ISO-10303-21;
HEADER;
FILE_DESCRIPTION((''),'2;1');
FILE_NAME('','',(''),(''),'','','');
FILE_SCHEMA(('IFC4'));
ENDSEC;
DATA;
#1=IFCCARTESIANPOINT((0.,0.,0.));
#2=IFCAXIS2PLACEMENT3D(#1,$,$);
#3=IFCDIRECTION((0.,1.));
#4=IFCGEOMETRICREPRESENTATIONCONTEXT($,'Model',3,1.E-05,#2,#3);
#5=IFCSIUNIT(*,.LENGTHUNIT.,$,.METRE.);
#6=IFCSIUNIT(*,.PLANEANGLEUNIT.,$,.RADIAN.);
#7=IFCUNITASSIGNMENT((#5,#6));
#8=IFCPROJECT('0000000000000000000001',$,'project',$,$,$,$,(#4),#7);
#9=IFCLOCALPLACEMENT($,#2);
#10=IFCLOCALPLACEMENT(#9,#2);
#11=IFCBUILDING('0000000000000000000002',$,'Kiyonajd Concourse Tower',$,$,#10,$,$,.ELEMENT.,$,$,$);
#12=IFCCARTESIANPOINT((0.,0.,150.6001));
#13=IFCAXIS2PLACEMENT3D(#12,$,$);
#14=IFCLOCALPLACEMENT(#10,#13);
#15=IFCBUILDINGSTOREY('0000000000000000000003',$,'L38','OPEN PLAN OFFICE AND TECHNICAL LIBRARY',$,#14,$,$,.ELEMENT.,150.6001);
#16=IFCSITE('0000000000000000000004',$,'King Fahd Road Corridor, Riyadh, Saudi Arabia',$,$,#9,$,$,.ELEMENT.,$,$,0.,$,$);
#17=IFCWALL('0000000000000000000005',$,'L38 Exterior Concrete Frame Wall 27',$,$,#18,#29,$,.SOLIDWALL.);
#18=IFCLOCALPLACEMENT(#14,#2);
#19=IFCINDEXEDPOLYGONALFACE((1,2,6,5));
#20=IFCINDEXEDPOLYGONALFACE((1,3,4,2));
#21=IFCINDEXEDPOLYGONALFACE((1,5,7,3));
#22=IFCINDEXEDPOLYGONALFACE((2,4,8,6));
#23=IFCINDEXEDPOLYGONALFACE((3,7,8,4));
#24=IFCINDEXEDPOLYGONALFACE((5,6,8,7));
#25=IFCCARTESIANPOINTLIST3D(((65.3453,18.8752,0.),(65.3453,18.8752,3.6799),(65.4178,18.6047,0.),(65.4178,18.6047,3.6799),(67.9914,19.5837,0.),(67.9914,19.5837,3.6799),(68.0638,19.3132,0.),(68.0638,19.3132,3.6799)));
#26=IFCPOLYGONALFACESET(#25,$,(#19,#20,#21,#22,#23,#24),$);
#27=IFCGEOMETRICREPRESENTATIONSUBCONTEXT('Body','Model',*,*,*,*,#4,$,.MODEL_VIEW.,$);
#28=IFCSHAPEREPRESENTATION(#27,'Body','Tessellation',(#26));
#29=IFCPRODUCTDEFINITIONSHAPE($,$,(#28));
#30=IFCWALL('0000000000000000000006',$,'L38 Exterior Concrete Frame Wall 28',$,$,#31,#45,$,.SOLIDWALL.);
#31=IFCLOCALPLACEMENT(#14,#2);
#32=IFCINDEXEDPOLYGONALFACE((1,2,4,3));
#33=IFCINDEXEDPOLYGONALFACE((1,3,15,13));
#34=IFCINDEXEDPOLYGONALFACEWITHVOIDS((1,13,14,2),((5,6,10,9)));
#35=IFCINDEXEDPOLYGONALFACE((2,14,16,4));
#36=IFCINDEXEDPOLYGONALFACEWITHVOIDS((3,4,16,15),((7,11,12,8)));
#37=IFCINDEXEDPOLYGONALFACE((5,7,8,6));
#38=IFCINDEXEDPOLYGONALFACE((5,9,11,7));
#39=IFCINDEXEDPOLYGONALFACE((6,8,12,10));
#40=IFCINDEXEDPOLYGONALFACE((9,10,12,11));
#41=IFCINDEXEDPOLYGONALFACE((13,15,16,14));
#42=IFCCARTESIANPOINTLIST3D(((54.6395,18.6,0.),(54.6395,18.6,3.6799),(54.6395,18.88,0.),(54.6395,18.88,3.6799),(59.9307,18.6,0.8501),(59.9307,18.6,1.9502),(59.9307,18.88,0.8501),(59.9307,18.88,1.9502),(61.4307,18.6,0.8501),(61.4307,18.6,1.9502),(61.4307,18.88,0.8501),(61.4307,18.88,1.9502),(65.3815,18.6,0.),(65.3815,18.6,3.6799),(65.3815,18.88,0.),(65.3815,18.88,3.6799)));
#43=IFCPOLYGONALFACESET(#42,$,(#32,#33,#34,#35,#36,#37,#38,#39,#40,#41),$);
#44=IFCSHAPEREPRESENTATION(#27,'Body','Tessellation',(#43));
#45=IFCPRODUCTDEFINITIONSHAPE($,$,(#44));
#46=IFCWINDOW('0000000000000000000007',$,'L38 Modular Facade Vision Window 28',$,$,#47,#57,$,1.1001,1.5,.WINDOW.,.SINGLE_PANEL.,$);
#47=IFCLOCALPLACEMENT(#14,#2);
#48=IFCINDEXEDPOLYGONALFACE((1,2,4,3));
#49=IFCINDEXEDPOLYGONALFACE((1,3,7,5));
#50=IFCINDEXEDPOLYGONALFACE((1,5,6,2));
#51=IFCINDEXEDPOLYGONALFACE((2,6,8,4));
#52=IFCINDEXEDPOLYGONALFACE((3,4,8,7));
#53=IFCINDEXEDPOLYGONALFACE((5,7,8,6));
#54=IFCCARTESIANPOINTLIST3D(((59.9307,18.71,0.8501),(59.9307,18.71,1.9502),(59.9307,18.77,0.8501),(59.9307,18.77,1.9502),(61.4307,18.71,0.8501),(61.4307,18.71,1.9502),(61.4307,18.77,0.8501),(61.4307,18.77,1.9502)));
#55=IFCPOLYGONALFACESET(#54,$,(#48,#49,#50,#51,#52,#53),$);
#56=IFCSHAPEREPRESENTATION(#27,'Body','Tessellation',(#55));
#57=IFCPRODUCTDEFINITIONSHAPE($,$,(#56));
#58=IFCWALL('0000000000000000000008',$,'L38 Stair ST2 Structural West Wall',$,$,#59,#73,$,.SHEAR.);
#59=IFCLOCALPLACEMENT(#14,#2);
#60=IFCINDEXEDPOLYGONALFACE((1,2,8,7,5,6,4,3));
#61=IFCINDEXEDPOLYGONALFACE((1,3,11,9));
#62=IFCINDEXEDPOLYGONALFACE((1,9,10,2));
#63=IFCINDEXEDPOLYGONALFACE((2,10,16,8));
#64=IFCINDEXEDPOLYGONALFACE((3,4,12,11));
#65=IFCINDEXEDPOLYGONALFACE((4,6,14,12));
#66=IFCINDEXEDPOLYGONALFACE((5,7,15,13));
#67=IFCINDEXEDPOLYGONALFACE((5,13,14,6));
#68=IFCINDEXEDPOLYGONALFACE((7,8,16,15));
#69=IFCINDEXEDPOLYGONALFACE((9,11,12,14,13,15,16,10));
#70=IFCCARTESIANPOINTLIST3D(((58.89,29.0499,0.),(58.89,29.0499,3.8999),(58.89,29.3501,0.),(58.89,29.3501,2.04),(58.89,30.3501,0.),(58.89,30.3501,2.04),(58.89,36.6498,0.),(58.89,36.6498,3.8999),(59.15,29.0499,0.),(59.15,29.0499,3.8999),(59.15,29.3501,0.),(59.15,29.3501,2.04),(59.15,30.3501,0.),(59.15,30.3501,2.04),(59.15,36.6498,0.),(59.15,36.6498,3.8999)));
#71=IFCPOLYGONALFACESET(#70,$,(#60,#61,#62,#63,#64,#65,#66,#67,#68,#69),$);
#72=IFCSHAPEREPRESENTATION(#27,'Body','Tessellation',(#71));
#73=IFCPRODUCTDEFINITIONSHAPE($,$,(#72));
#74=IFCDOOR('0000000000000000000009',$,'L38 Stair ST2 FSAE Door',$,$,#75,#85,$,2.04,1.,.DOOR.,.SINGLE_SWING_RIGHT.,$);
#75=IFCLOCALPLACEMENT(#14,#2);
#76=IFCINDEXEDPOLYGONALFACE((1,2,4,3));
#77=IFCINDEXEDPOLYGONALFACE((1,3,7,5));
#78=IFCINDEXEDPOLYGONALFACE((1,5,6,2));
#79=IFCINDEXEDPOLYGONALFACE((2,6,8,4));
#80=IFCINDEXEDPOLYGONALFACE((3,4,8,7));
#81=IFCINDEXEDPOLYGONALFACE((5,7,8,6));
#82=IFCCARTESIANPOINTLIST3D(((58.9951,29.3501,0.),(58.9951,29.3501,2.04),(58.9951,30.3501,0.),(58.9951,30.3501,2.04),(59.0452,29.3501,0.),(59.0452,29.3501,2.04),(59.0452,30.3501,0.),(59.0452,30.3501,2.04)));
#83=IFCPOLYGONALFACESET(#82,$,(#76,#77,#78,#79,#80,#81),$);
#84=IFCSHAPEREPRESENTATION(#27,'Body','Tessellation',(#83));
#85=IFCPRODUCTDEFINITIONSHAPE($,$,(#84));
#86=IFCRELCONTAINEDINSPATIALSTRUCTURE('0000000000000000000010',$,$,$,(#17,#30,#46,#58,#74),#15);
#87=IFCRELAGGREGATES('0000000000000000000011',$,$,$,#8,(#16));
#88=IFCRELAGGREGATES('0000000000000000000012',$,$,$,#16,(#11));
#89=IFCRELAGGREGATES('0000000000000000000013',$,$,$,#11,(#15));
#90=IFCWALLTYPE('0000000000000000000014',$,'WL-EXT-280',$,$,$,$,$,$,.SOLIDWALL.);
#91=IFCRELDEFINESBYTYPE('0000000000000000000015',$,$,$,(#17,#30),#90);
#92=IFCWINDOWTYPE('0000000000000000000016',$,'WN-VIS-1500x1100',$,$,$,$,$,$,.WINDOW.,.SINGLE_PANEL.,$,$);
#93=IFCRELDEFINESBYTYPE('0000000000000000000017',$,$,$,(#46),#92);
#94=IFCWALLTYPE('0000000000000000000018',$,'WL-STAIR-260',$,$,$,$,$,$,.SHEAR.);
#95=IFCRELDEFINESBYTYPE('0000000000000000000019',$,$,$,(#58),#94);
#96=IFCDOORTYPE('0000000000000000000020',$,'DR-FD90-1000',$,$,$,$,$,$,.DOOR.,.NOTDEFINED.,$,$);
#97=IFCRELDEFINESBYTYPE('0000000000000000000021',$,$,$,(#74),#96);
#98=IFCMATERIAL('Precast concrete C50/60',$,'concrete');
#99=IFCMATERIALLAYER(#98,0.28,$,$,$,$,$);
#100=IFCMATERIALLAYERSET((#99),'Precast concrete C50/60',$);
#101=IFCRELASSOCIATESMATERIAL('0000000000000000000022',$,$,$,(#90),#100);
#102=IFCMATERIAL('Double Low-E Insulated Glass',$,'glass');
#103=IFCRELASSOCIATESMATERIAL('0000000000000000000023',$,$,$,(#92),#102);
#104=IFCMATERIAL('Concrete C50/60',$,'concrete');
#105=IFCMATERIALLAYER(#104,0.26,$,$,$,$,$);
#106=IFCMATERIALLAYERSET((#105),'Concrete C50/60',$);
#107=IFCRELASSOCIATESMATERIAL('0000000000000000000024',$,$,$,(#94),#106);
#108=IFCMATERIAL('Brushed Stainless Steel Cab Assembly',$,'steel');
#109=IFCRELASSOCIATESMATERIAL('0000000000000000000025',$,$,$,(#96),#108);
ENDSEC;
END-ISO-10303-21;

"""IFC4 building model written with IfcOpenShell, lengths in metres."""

from ifc_helpers import new_model, si_unit, direction, frame, frame_2d, origin, place, context, subcontext, project, spatial, rectangle, extrude, material, layer, layer_set, type_object, element, fill, save


model = new_model("IFC4")

# Units and contexts
model_context = context("Model", 3, precision=1e-05, world=origin(), true_north=direction((0.0, 1.0)))
body_context = subcontext(model_context, "Body", "Model", "MODEL_VIEW")
ifc_project = project(units=[si_unit("LENGTHUNIT", "METRE"), si_unit("PLANEANGLEUNIT", "RADIAN")], contexts=[model_context])

# Site, building, storey
site_placement = place(None, origin())
site = spatial("IfcSite", under=ifc_project, at=site_placement, Name="King Fahd Road Corridor, Riyadh, Saudi Arabia", CompositionType="ELEMENT", RefElevation=0.0)
building_placement = place(site_placement, origin())
building = spatial("IfcBuilding", under=site, at=building_placement, Name="Kiyonajd Concourse Tower", CompositionType="ELEMENT")
storey_placement = place(building_placement, frame((0.0, 0.0, 150.6001)))
storey = spatial("IfcBuildingStorey", under=building, at=storey_placement, Name="L38", Description="OPEN PLAN OFFICE AND TECHNICAL LIBRARY", CompositionType="ELEMENT", Elevation=150.6001)

# Shared definitions
ifc_material_1 = material(Name="Double Low-E Insulated Glass", Category="glass")

# Wall
ifc_material_2 = material(Name="Precast concrete C50/60", Category="concrete")
ifc_layer_1 = layer(ifc_material_2, 0.28)
ifc_layer_set_1 = layer_set([ifc_layer_1], Name="Precast concrete C50/60")
wall_type_1 = type_object("IfcWallType", Name="WL-EXT-280", PredefinedType="SOLIDWALL", material=ifc_layer_set_1)
wall_1_placement = place(storey_placement, frame((68.0276, 19.4485, 0.0), z_axis=(0.0, 0.0, 1.0), x_axis=(-0.965971, -0.25865, 0.0)))
element("IfcWall", 1, at=wall_1_placement, inside=storey, type_object=wall_type_1, Name="L38 Exterior Concrete Frame Wall 27", PredefinedType="SOLIDWALL", context=body_context, shape_type="SweptSolid", body=[
    extrude(rectangle(XDim=2.7393, YDim=0.28, at=frame_2d((1.3696, 0.0))), origin(), (0.0, 0.0, 1.0), 3.6799),
])

# Wall, opening, window
wall_2_placement = place(storey_placement, frame((65.3816, 18.74, 0.0), z_axis=(0.0, 0.0, 1.0), x_axis=(-1.0, 0.0, 0.0)))
wall_2 = element("IfcWall", 2, at=wall_2_placement, inside=storey, type_object=wall_type_1, Name="L38 Exterior Concrete Frame Wall 28", PredefinedType="SOLIDWALL", context=body_context, shape_type="SweptSolid", body=[
    extrude(rectangle(XDim=10.7419, YDim=0.28, at=frame_2d((5.3711, 0.0))), origin(), (0.0, 0.0, 1.0), 3.6799),
])
opening_1_placement = place(wall_2_placement, frame((3.9509, 0.0, 0.8501)))
opening_1 = element("IfcOpeningElement", 3, at=opening_1_placement, cuts=wall_2, PredefinedType="OPENING", context=body_context, shape_type="SweptSolid", body=[
    extrude(rectangle(XDim=1.5, YDim=1.1001, at=frame_2d((0.75, 0.55))), frame((0.0, 0.1499, 0.0), z_axis=(0.0, -1.0, 0.0), x_axis=(1.0, 0.0, 0.0)), (0.0, 0.0, 1.0), 0.3),
])
window_type = type_object("IfcWindowType", Name="WN-VIS-1500x1100", PartitioningType="SINGLE_PANEL", PredefinedType="WINDOW", material=ifc_material_1)
window_placement = place(opening_1_placement, origin())
window = element("IfcWindow", 4, at=window_placement, inside=storey, type_object=window_type, Name="L38 Modular Facade Vision Window 28", OverallHeight=1.1001, OverallWidth=1.5, PartitioningType="SINGLE_PANEL", PredefinedType="WINDOW", context=body_context, shape_type="SweptSolid", body=[
    extrude(rectangle(XDim=1.5, YDim=1.1001, at=frame_2d((0.75, 0.55))), frame((0.0, 0.03, 0.0), z_axis=(0.0, -1.0, 0.0), x_axis=(1.0, 0.0, 0.0)), (0.0, 0.0, 1.0), 0.0601),
])
fill(opening_1, window)

# Wall, opening, door
ifc_material_3 = material(Name="Concrete C50/60", Category="concrete")
ifc_layer_2 = layer(ifc_material_3, 0.26)
ifc_layer_set_2 = layer_set([ifc_layer_2], Name="Concrete C50/60")
wall_type_2 = type_object("IfcWallType", Name="WL-STAIR-260", PredefinedType="SHEAR", material=ifc_layer_set_2)
wall_3_placement = place(storey_placement, frame((59.02, 29.05, 0.0), z_axis=(0.0, 0.0, 1.0), x_axis=(0.0, 1.0, 0.0)))
wall_3 = element("IfcWall", 5, at=wall_3_placement, inside=storey, type_object=wall_type_2, Name="L38 Stair ST2 Structural West Wall", PredefinedType="SHEAR", context=body_context, shape_type="SweptSolid", body=[
    extrude(rectangle(XDim=7.5999, YDim=0.26, at=frame_2d((3.7998, 0.0))), origin(), (0.0, 0.0, 1.0), 3.8999),
])
opening_2_placement = place(wall_3_placement, frame((0.3, 0.0, 0.0)))
opening_2 = element("IfcOpeningElement", 6, at=opening_2_placement, cuts=wall_3, PredefinedType="OPENING", context=body_context, shape_type="SweptSolid", body=[
    extrude(rectangle(XDim=1.0, YDim=2.04, at=frame_2d((0.5, 1.02))), frame((0.0, 0.1399, 0.0), z_axis=(0.0, -1.0, 0.0), x_axis=(1.0, 0.0, 0.0)), (0.0, 0.0, 1.0), 0.28),
])
ifc_material_4 = material(Name="Brushed Stainless Steel Cab Assembly", Category="steel")
door_type = type_object("IfcDoorType", Name="DR-FD90-1000", OperationType="NOTDEFINED", PredefinedType="DOOR", material=ifc_material_4)
door_placement = place(opening_2_placement, origin())
door = element("IfcDoor", 7, at=door_placement, inside=storey, type_object=door_type, Name="L38 Stair ST2 FSAE Door", OperationType="SINGLE_SWING_RIGHT", OverallHeight=2.04, OverallWidth=1.0, PredefinedType="DOOR", context=body_context, shape_type="SweptSolid", body=[
    extrude(rectangle(XDim=1.0, YDim=2.04, at=frame_2d((0.5, 1.02))), frame((0.0, 0.0249, 0.0), z_axis=(0.0, -1.0, 0.0), x_axis=(1.0, 0.0, 0.0)), (0.0, 0.0, 1.0), 0.05),
])
fill(opening_2, door)

save(model, "model.ifc")
